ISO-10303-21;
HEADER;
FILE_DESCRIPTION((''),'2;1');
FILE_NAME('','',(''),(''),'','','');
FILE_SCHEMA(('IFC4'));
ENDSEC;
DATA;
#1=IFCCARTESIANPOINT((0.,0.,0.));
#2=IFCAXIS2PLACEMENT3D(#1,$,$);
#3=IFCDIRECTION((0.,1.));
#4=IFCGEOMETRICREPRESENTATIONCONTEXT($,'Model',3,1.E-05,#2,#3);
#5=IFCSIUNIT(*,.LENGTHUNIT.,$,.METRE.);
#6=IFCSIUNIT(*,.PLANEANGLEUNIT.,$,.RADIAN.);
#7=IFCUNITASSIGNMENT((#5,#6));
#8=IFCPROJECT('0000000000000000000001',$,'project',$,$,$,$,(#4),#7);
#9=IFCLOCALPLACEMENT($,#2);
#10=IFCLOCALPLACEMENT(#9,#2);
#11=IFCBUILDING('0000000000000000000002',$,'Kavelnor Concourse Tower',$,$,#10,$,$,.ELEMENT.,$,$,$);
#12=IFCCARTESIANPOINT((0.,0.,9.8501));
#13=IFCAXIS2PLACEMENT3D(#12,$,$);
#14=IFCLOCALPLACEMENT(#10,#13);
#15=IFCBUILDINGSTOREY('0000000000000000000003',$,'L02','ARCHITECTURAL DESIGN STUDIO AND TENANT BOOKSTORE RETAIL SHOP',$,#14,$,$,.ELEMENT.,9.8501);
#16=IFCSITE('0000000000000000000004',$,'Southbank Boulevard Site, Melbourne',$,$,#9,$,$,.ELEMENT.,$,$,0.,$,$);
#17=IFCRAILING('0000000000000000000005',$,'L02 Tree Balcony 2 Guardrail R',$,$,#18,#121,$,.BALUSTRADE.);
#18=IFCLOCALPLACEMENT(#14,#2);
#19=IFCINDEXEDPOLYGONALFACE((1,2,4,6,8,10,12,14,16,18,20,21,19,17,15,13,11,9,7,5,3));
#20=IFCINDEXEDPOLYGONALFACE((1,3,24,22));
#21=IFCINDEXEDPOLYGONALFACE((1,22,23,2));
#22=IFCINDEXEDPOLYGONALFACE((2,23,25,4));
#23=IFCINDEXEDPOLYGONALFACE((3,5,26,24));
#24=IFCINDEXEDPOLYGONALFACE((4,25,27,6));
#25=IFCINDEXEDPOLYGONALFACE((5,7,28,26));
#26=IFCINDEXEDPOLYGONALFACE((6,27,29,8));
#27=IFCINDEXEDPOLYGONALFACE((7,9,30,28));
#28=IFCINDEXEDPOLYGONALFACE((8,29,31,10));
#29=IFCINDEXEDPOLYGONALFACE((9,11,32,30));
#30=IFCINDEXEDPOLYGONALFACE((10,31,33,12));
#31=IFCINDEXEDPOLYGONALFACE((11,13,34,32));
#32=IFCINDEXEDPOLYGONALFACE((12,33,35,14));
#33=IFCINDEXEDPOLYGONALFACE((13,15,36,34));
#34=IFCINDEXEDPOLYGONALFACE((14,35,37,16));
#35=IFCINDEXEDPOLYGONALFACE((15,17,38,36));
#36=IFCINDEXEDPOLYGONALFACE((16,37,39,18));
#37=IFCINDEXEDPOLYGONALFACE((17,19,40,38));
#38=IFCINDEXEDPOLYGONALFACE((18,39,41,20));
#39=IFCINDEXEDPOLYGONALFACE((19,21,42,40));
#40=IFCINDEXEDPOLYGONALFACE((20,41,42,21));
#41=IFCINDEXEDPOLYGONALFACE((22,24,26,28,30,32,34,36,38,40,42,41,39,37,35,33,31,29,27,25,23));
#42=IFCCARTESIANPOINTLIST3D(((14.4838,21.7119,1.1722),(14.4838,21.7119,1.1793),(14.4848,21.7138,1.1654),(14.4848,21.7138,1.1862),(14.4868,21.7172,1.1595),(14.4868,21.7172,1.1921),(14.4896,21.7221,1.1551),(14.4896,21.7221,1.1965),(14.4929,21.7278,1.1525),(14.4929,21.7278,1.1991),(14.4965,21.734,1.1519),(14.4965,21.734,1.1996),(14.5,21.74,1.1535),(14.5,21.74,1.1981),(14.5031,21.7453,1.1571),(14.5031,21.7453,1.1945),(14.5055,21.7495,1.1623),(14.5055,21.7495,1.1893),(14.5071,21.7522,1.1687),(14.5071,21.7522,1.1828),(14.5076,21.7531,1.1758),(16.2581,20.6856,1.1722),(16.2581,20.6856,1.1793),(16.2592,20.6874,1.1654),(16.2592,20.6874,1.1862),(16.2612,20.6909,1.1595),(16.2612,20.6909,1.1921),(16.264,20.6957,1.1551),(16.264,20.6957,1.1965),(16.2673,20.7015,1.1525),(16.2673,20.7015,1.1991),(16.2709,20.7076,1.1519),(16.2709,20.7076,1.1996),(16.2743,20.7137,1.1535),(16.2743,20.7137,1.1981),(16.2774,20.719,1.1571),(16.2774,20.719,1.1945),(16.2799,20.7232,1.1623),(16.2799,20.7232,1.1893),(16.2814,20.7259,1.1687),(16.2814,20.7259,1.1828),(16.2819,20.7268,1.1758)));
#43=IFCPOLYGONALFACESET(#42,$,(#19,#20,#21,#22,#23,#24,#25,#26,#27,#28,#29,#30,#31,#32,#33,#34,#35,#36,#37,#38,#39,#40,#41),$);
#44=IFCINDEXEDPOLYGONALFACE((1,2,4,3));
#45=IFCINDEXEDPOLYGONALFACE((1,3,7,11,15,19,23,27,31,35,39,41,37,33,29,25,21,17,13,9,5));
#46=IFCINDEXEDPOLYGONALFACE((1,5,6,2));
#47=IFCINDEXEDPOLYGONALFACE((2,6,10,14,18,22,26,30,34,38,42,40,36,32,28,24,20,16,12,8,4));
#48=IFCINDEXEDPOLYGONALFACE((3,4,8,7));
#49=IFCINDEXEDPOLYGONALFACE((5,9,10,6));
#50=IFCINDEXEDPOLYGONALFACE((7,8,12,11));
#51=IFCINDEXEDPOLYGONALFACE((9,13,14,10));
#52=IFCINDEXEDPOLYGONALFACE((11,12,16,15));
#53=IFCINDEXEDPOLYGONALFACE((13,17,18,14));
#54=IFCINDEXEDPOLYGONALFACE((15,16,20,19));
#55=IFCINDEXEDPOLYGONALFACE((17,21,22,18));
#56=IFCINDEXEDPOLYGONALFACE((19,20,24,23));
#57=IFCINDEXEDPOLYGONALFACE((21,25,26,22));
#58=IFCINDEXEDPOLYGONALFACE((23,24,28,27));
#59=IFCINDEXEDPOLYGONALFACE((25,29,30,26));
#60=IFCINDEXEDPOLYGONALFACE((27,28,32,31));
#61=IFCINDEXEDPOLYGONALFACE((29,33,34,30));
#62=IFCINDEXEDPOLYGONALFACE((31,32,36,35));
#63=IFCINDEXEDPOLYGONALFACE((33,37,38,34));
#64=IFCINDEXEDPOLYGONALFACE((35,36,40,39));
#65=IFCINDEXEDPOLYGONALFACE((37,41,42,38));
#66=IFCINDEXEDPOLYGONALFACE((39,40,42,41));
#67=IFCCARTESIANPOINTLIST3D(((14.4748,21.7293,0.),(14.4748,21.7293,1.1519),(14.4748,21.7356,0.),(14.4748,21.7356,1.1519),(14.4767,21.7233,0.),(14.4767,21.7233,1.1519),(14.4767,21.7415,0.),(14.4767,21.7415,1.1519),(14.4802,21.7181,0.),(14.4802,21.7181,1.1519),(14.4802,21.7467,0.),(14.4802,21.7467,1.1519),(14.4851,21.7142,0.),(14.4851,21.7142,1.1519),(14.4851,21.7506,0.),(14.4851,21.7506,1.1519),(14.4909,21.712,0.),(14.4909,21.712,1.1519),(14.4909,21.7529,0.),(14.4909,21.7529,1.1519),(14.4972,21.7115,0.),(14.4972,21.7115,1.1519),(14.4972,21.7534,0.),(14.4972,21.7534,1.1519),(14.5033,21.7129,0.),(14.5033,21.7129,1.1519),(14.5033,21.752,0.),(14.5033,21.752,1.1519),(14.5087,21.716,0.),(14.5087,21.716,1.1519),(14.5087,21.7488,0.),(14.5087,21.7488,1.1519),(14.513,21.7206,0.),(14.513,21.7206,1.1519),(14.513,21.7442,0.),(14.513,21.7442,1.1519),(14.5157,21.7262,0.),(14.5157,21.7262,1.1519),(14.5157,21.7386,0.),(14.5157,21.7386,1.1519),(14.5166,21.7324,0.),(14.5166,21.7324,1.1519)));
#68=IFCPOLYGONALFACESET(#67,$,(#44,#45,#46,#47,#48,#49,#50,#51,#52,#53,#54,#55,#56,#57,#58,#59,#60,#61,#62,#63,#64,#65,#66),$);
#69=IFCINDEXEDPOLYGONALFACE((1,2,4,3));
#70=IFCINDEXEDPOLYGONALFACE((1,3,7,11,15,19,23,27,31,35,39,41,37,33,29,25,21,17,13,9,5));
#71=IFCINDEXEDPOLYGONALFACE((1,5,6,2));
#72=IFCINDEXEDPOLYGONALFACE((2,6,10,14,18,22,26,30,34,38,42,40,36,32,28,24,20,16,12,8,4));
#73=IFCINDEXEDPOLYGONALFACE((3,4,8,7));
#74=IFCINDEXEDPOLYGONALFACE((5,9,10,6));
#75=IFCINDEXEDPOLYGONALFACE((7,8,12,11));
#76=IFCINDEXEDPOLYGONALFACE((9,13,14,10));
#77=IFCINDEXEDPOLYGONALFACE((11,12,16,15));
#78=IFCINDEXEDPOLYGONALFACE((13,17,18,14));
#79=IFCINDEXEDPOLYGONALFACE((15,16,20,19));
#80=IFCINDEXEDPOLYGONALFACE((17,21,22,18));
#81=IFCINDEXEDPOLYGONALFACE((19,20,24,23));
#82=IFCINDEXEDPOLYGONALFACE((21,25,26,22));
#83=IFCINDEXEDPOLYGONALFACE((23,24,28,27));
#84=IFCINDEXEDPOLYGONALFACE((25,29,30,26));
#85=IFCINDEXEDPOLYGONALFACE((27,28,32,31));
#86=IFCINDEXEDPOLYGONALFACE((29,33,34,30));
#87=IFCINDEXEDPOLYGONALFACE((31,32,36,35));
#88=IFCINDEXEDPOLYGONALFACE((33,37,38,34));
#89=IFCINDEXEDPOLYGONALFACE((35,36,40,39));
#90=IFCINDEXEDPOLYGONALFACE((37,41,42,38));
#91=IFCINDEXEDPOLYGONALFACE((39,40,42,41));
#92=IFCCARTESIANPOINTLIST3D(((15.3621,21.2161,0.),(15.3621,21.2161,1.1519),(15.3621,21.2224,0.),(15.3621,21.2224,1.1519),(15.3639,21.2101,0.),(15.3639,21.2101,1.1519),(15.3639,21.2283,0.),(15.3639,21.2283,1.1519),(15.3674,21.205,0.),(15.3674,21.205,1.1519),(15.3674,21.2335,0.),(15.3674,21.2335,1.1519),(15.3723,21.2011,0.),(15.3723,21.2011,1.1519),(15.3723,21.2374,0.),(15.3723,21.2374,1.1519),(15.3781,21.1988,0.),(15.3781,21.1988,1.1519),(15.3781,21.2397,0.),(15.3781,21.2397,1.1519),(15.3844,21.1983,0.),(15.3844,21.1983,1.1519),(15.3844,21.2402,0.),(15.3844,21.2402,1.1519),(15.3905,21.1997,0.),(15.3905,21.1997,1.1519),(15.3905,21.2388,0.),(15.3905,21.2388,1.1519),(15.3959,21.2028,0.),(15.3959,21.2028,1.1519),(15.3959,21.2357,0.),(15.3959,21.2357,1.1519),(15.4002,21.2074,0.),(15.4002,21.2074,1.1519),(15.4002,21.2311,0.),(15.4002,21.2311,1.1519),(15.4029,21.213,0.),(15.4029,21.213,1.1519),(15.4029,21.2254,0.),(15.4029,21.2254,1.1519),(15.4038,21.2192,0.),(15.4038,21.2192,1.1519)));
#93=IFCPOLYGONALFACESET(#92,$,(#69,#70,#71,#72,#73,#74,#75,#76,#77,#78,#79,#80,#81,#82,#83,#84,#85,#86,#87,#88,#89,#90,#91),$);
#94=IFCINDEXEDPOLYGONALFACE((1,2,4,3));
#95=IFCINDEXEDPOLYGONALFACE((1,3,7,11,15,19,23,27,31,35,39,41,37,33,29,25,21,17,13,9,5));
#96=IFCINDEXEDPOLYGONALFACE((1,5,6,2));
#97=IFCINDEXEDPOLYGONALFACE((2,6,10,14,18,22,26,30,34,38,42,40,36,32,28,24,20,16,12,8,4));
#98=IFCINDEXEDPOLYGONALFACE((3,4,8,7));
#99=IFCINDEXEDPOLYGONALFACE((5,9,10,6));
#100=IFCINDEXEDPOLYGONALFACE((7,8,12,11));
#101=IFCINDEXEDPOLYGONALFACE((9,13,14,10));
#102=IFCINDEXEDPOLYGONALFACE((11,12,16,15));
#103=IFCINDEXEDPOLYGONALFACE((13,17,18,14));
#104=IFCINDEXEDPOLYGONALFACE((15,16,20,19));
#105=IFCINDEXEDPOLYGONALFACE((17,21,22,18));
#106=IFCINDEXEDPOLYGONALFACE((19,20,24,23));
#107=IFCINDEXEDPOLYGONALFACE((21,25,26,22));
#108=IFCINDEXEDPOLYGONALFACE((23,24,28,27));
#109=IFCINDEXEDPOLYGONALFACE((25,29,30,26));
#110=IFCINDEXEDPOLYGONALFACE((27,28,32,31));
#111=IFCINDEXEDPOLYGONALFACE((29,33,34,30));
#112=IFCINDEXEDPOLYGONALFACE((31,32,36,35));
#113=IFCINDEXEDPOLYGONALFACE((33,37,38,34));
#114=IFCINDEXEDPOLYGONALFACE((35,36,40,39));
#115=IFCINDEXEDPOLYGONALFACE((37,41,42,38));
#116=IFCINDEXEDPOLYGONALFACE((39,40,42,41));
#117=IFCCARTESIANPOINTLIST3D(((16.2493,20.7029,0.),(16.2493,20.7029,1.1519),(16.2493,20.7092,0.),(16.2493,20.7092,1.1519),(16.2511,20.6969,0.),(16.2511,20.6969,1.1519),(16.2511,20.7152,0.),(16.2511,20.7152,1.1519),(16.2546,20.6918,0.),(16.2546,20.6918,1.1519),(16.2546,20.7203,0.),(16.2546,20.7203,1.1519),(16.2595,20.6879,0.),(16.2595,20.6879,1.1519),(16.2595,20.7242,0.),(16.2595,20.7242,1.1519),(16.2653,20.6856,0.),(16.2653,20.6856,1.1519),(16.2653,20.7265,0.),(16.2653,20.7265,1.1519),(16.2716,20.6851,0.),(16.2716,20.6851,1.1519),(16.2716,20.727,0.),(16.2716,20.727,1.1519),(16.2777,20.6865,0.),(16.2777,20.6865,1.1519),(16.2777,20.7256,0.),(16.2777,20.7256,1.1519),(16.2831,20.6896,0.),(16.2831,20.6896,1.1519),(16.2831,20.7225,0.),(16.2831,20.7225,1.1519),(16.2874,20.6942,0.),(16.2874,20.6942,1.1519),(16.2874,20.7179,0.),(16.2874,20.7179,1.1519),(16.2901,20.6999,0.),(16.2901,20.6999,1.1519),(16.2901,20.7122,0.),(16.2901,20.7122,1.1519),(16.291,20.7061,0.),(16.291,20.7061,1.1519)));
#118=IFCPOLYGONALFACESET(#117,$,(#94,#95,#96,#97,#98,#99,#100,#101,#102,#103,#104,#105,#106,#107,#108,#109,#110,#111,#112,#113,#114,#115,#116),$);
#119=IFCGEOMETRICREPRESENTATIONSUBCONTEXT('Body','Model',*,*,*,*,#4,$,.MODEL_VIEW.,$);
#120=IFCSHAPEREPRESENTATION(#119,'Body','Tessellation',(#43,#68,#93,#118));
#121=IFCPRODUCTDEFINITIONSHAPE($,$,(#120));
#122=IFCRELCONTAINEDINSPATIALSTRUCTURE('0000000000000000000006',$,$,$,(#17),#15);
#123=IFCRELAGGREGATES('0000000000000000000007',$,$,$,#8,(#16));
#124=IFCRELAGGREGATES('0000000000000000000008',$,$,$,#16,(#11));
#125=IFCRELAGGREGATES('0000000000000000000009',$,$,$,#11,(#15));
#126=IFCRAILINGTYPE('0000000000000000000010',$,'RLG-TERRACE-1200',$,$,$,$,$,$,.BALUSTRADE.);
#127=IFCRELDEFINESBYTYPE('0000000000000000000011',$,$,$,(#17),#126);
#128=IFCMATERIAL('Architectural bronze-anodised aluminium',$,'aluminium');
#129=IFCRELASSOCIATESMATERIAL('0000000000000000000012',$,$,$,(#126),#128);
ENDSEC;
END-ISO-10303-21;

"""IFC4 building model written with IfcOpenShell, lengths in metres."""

from ifc_helpers import new_model, si_unit, direction, frame, origin, origin_2d, place, context, subcontext, project, spatial, circle, extrude, material, type_object, element, save


model = new_model("IFC4")

# Units and contexts
model_context = context("Model", 3, precision=1e-05, world=origin(), true_north=direction((0.0, 1.0)))
body_context = subcontext(model_context, "Body", "Model", "MODEL_VIEW")
ifc_project = project(units=[si_unit("LENGTHUNIT", "METRE"), si_unit("PLANEANGLEUNIT", "RADIAN")], contexts=[model_context])

# Site, building, storey
site_placement = place(None, origin())
site = spatial("IfcSite", under=ifc_project, at=site_placement, Name="Southbank Boulevard Site, Melbourne", CompositionType="ELEMENT", RefElevation=0.0)
building_placement = place(site_placement, origin())
building = spatial("IfcBuilding", under=site, at=building_placement, Name="Kavelnor Concourse Tower", CompositionType="ELEMENT")
storey_placement = place(building_placement, frame((0.0, 0.0, 9.8501)))
storey = spatial("IfcBuildingStorey", under=building, at=storey_placement, Name="L02", Description="ARCHITECTURAL DESIGN STUDIO AND TENANT BOOKSTORE RETAIL SHOP", CompositionType="ELEMENT", Elevation=9.8501)

# Railing
ifc_material_1 = material(Name="Architectural bronze-anodised aluminium", Category="aluminium")
railing_type_1 = type_object("IfcRailingType", Name="RLG-TERRACE-1200", PredefinedType="BALUSTRADE", material=ifc_material_1)
railing_1_placement = place(storey_placement, frame((14.4956, 21.7324, 0.0)))
element("IfcRailing", 1, at=railing_1_placement, inside=storey, type_object=railing_type_1, Name="L02 Tree Balcony 2 Guardrail R", PredefinedType="BALUSTRADE", context=body_context, shape_type="SweptSolid", body=[
    extrude(circle(Radius=0.0239, at=origin_2d()), frame((0.0, 0.0, 1.1758), z_axis=(0.865622, -0.500698, 0.0), x_axis=(0.500698, 0.865622, 0.0)), (0.0, 0.0, 1.0), 2.0498),
    extrude(circle(Radius=0.021, at=origin_2d()), origin(), (0.0, 0.0, 1.0), 1.1519),
    extrude(circle(Radius=0.021, at=origin_2d()), frame((0.8872, -0.5132, 0.0)), (0.0, 0.0, 1.0), 1.1519),
    extrude(circle(Radius=0.021, at=origin_2d()), frame((1.7744, -1.0264, 0.0)), (0.0, 0.0, 1.0), 1.1519),
])

save(model, "model.ifc")
